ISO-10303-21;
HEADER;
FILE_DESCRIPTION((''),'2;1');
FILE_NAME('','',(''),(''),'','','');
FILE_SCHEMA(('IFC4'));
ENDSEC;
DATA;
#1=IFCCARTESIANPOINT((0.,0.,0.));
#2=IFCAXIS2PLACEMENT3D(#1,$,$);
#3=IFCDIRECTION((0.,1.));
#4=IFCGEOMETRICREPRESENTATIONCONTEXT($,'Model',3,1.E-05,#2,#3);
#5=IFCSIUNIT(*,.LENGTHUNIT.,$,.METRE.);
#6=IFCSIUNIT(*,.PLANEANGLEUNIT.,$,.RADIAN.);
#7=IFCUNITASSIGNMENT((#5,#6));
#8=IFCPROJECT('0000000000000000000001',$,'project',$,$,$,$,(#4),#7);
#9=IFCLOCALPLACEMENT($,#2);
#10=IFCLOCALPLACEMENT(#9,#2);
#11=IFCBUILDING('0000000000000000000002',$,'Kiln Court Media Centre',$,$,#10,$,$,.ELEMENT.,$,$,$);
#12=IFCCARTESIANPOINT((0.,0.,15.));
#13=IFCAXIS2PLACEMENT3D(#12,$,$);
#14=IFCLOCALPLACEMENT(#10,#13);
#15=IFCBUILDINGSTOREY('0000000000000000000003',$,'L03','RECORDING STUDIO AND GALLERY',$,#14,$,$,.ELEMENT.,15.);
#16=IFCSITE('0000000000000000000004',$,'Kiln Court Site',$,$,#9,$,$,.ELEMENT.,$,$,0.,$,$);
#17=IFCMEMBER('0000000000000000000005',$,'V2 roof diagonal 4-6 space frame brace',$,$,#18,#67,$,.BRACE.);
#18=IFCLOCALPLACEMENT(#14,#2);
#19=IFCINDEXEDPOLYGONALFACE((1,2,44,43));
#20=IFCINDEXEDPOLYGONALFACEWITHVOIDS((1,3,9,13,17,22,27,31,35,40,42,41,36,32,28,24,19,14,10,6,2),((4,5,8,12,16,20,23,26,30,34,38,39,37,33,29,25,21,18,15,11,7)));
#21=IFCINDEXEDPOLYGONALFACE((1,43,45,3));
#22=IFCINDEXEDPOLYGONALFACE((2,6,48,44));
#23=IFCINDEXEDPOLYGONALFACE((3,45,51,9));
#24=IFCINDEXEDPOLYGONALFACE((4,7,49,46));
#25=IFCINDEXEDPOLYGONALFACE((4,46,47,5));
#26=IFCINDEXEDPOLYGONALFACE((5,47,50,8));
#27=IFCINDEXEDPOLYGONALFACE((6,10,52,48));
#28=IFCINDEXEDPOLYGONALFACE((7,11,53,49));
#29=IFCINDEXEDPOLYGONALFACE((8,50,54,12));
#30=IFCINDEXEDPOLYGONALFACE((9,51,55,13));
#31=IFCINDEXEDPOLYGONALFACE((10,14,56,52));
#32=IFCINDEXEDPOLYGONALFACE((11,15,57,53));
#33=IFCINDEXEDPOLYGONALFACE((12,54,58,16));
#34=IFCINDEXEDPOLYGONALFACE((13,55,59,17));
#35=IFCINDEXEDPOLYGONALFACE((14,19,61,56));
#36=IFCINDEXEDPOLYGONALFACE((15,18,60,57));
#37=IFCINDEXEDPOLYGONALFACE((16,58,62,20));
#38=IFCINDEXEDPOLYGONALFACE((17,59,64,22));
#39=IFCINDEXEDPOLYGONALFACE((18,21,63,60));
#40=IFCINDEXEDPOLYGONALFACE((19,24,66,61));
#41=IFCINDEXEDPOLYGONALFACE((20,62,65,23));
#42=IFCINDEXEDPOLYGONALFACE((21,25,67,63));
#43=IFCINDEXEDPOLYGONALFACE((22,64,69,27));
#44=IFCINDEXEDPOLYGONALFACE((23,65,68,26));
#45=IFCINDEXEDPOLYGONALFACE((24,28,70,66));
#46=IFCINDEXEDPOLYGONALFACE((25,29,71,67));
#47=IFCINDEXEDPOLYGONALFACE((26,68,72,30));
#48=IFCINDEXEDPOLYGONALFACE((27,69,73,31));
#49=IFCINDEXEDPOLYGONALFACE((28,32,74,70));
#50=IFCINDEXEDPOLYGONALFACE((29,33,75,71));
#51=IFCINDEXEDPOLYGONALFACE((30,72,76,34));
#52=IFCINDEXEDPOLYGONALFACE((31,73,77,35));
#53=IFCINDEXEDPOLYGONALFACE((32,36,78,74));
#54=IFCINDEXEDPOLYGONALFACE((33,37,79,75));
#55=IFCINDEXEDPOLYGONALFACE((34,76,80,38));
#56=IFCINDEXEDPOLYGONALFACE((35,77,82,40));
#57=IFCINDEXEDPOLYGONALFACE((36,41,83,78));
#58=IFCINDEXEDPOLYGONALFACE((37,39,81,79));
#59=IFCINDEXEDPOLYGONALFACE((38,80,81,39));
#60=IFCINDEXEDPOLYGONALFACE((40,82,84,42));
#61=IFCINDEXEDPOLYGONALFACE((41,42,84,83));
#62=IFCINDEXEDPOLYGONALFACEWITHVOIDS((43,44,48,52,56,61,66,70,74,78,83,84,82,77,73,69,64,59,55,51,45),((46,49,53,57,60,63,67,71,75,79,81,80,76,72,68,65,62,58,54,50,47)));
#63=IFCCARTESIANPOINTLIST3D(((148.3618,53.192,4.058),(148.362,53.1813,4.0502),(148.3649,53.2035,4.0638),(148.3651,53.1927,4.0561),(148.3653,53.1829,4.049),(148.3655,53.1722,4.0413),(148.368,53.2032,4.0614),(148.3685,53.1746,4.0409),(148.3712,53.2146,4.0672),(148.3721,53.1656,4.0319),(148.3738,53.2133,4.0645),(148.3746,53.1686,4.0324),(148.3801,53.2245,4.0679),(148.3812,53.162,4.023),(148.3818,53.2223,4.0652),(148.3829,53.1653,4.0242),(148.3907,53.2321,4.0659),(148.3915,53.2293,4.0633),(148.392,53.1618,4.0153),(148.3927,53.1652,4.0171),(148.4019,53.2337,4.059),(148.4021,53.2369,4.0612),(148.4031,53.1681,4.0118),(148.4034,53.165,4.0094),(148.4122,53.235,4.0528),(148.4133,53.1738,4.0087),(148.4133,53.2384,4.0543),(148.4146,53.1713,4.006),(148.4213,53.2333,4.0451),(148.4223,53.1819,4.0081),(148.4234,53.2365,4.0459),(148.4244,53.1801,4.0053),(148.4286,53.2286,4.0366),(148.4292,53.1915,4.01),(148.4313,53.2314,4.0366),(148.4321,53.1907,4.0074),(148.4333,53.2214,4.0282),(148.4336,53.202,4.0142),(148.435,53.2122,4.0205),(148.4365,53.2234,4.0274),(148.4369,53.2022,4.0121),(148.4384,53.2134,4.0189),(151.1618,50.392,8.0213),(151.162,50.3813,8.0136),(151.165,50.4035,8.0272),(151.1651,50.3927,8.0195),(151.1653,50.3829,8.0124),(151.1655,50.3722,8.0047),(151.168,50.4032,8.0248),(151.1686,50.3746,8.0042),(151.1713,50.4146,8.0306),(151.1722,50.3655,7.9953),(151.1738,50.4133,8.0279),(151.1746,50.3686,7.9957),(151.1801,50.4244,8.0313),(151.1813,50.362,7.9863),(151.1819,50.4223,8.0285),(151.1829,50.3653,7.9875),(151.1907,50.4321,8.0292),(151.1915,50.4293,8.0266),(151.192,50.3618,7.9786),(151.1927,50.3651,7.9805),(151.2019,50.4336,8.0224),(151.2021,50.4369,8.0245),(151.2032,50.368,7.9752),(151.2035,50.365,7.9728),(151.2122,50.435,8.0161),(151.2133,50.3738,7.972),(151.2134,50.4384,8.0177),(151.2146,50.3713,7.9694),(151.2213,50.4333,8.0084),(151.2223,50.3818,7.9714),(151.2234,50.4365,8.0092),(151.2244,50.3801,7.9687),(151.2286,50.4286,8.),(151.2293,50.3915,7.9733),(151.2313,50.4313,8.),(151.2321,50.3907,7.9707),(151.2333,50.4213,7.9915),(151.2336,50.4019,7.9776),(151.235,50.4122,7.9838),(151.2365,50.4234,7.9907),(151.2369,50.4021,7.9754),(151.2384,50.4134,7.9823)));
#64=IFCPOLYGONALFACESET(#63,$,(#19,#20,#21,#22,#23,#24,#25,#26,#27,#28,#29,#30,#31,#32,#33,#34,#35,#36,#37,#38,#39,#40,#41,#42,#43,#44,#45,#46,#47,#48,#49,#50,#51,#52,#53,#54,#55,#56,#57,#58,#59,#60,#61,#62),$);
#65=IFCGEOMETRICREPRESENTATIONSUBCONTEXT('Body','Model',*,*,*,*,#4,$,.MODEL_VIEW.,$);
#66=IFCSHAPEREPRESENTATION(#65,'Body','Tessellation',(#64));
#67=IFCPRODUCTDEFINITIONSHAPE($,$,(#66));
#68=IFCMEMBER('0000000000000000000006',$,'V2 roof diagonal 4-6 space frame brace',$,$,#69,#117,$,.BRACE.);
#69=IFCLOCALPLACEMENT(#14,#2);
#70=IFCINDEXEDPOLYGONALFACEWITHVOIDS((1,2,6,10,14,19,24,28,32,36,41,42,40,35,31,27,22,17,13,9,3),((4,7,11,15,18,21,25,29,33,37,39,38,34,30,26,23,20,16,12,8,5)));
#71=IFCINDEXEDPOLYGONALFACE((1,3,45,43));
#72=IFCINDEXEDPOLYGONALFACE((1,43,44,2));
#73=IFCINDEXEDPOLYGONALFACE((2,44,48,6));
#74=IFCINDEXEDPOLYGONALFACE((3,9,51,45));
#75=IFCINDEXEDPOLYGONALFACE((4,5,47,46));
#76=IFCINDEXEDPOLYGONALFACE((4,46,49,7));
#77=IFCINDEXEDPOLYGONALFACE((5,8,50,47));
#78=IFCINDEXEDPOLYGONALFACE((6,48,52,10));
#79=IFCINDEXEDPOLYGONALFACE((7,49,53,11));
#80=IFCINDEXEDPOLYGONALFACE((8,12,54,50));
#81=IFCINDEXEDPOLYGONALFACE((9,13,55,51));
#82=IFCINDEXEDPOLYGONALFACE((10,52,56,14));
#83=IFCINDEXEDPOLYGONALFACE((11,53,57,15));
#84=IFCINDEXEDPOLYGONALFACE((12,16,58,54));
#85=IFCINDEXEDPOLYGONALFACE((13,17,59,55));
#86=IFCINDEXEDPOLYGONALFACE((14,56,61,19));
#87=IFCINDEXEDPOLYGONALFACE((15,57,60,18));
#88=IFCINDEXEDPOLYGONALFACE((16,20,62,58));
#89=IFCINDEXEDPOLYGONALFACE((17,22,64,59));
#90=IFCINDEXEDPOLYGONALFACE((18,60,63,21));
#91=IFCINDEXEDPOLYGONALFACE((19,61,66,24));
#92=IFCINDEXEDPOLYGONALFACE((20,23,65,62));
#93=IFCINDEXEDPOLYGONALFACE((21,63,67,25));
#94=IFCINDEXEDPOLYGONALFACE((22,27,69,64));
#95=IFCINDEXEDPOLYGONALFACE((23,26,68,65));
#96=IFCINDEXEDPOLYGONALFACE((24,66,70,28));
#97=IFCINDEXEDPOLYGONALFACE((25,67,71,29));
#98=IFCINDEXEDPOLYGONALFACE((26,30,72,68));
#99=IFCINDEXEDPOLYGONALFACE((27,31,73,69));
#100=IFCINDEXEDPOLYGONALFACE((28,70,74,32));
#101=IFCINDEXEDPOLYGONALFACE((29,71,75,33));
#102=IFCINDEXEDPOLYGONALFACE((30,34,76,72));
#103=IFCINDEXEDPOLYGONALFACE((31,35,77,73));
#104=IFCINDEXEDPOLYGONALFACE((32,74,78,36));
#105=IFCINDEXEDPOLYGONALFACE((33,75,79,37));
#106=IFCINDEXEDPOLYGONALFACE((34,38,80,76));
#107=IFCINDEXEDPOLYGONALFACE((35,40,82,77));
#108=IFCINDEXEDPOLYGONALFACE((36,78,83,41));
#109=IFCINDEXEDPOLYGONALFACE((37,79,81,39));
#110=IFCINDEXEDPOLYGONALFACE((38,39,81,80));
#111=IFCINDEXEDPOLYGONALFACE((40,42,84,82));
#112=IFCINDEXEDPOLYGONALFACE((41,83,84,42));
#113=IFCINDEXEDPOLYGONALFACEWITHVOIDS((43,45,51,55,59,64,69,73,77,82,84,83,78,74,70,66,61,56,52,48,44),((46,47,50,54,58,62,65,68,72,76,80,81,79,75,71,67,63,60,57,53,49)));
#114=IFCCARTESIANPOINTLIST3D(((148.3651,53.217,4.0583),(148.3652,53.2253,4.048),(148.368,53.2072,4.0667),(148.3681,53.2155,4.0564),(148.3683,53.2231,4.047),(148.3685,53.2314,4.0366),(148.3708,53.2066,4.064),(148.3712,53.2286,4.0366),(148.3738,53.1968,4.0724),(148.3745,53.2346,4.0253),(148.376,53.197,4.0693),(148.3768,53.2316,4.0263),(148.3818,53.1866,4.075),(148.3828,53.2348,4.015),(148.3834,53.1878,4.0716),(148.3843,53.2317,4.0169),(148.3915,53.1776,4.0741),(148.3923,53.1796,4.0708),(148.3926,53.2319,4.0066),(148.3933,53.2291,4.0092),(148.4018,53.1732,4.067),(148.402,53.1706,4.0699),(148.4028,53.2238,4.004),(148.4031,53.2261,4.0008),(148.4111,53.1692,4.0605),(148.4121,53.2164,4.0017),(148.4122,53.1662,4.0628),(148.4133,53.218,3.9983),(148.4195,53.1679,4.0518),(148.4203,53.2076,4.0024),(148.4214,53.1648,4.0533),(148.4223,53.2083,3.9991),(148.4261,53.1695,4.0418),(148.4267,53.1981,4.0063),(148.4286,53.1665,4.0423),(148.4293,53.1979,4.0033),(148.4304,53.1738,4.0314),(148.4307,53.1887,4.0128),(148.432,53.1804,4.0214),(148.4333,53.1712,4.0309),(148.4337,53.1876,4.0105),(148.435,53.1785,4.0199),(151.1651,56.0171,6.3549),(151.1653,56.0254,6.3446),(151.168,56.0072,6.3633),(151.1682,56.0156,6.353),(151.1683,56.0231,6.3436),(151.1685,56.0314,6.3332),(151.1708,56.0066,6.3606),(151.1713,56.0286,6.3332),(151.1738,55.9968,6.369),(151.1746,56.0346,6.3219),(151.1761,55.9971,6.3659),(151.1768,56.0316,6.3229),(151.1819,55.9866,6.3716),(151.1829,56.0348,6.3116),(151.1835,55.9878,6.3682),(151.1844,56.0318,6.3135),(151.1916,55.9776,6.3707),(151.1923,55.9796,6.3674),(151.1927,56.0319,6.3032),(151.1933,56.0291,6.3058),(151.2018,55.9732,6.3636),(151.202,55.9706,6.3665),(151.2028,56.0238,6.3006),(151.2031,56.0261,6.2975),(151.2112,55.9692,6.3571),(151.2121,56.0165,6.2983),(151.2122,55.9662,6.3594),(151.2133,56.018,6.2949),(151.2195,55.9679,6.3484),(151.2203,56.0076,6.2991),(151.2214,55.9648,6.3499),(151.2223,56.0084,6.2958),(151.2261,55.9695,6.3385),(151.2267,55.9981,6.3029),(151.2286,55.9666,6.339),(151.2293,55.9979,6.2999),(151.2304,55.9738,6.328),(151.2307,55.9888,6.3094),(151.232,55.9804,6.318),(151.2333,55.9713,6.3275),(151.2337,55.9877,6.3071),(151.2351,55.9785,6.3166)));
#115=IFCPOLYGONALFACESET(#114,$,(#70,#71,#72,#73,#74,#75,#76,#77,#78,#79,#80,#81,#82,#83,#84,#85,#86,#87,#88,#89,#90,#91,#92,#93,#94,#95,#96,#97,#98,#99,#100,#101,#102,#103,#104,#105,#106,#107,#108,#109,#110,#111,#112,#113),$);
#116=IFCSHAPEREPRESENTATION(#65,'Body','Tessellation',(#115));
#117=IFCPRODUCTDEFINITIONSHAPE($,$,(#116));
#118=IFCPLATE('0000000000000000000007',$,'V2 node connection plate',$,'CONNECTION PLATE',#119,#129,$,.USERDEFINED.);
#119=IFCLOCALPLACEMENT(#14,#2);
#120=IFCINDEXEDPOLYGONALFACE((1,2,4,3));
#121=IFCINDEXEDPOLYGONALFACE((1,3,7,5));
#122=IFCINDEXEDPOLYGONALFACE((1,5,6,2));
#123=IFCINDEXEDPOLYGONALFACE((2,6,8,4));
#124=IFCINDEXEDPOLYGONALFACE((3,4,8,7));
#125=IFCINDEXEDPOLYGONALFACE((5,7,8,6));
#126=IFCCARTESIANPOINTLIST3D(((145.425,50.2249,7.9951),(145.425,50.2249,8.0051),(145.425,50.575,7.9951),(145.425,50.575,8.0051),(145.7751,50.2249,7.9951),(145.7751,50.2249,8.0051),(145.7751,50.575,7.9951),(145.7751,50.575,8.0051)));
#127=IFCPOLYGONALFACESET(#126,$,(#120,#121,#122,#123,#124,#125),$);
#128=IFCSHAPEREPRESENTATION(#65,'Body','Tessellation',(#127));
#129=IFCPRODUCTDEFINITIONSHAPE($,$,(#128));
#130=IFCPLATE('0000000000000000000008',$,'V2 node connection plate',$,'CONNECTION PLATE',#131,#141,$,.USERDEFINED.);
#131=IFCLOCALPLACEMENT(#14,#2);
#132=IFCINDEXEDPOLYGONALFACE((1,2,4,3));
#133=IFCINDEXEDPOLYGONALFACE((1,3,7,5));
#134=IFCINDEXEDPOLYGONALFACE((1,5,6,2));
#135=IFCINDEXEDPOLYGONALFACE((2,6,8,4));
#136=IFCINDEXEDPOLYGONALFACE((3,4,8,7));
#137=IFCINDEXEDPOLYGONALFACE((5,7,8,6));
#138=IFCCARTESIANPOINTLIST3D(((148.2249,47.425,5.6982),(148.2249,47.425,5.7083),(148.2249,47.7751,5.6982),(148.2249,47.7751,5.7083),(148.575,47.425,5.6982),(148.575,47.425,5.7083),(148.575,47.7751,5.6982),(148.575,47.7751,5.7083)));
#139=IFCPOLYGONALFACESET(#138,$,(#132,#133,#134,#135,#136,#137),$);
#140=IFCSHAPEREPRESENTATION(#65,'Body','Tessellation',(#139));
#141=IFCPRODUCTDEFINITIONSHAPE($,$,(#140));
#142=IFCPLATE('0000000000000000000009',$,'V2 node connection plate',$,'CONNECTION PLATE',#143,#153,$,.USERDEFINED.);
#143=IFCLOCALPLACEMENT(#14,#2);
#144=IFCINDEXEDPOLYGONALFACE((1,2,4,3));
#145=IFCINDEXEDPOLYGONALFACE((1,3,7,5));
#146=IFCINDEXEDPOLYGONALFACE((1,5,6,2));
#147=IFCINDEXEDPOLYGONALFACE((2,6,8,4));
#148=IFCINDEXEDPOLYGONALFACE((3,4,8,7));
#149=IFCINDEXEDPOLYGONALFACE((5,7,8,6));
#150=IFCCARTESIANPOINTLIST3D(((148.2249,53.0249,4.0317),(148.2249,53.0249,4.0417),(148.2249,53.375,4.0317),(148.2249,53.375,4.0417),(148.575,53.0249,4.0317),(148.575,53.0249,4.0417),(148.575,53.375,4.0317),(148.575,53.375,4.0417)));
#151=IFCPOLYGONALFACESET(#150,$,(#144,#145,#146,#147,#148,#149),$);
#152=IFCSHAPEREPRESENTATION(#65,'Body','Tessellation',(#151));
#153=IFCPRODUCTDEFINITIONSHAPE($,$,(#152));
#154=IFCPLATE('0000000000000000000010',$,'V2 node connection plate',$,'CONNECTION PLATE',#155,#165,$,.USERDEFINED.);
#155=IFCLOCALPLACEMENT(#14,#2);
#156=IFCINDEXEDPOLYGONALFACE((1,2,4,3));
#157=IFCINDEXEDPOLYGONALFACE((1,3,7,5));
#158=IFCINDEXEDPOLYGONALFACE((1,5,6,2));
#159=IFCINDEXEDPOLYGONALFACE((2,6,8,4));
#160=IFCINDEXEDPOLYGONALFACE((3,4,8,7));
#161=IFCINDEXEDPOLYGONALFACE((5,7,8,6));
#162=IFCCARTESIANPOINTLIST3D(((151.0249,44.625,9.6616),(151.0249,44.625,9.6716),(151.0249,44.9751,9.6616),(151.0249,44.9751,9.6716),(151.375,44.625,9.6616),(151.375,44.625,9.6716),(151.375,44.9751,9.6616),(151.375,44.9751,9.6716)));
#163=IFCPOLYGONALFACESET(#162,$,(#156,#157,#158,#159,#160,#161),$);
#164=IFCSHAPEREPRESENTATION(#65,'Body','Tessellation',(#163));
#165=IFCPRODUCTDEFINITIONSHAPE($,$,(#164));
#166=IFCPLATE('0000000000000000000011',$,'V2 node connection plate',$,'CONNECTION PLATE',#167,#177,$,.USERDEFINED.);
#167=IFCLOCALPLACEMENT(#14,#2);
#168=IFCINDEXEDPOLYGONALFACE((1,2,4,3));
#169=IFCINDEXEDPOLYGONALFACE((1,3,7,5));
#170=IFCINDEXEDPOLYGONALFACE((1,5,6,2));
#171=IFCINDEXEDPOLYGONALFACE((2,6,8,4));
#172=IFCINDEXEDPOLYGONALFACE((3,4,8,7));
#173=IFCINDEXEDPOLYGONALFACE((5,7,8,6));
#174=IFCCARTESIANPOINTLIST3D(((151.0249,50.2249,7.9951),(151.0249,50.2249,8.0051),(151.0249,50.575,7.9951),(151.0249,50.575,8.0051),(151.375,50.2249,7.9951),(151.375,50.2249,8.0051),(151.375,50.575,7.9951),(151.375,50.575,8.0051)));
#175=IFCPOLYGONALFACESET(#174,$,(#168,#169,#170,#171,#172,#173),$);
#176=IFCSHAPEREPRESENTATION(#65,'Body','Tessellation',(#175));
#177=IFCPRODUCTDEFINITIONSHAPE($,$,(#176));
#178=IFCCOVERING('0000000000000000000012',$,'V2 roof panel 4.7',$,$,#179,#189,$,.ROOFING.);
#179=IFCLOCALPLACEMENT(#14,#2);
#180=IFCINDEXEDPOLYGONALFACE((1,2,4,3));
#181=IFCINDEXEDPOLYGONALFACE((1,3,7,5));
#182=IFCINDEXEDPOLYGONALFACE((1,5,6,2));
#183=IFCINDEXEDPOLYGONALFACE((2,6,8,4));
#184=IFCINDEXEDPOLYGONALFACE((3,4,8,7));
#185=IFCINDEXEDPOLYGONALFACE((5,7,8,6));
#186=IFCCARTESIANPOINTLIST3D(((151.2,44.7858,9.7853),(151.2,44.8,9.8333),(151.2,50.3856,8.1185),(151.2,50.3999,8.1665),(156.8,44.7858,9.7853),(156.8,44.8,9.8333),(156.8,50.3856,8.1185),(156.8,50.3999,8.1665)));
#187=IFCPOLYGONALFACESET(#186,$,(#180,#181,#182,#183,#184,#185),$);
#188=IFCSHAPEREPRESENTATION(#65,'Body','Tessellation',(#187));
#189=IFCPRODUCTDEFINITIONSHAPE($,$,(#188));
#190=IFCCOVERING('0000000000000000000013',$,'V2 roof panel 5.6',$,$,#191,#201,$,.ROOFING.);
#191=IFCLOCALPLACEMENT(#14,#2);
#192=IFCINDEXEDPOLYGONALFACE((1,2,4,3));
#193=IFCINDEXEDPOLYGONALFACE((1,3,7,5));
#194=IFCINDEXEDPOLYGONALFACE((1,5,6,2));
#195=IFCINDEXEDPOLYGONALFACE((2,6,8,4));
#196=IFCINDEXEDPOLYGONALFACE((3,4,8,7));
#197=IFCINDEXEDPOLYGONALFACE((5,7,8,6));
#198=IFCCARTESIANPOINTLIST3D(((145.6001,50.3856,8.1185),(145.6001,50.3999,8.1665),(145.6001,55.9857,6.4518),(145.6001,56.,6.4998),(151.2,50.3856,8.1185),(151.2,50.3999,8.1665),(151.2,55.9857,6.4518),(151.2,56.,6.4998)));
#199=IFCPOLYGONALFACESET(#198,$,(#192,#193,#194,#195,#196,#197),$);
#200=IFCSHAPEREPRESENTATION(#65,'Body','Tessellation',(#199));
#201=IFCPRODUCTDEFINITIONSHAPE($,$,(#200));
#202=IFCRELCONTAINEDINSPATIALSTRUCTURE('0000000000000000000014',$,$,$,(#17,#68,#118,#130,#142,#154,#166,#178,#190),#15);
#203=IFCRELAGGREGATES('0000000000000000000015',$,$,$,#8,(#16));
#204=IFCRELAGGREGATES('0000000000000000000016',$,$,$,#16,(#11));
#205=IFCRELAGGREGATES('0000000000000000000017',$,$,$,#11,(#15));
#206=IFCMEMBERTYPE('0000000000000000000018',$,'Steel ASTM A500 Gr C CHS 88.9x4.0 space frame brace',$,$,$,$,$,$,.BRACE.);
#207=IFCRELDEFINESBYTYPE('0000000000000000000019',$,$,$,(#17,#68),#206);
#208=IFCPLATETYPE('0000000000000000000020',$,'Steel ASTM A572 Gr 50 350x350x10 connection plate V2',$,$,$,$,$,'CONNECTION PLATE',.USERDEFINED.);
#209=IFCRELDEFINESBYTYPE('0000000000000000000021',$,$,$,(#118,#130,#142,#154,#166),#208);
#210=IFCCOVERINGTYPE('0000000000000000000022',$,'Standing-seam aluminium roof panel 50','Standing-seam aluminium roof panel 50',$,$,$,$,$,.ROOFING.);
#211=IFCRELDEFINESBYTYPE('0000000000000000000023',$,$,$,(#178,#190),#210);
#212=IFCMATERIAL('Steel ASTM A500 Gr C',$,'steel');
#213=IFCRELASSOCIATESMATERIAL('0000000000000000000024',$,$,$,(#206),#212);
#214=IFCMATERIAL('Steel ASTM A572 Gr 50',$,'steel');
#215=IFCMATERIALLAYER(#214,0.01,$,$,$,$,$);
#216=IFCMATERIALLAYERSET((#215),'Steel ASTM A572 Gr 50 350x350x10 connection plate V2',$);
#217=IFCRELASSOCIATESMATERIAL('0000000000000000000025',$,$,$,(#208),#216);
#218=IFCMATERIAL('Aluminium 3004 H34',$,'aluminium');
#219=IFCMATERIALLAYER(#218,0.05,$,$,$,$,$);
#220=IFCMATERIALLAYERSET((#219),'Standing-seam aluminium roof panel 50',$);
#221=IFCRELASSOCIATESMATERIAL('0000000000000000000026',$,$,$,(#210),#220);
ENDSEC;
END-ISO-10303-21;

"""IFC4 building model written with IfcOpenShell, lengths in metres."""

from ifc_helpers import new_model, si_unit, direction, frame, origin, origin_2d, place, context, subcontext, project, spatial, polyline, rectangle, hollow_circle, outline, extrude, material, layer, layer_set, material_profile, profile_set, type_object, element, save


model = new_model("IFC4")

# Units and contexts
model_context = context("Model", 3, precision=1e-05, world=origin(), true_north=direction((0.0, 1.0)))
body_context = subcontext(model_context, "Body", "Model", "MODEL_VIEW")
ifc_project = project(units=[si_unit("LENGTHUNIT", "METRE"), si_unit("PLANEANGLEUNIT", "RADIAN")], contexts=[model_context])

# Site, building, storey
site_placement = place(None, origin())
site = spatial("IfcSite", under=ifc_project, at=site_placement, Name="Kiln Court Site", CompositionType="ELEMENT", RefElevation=0.0)
building_placement = place(site_placement, origin())
building = spatial("IfcBuilding", under=site, at=building_placement, Name="Kiln Court Media Centre", CompositionType="ELEMENT")
storey_placement = place(building_placement, frame((0.0, 0.0, 15.0)))
storey = spatial("IfcBuildingStorey", under=building, at=storey_placement, Name="L03", Description="RECORDING STUDIO AND GALLERY", CompositionType="ELEMENT", Elevation=15.0)

# Members
ifc_material_1 = material(Name="Steel ASTM A500 Gr C", Category="steel")
ifc_material_profile_1 = material_profile(ifc_material_1, hollow_circle(Radius=0.0444, WallThickness=0.0039, at=origin_2d()), Name="CHS 88.9x4.0")
ifc_profile_set_1 = profile_set([ifc_material_profile_1], Name="Steel ASTM A500 Gr C")
member_type_1 = type_object("IfcMemberType", Name="Steel ASTM A500 Gr C CHS 88.9x4.0 space frame brace", PredefinedType="BRACE", material=ifc_profile_set_1)
member_1_placement = place(storey_placement, frame((148.3999, 53.2, 4.0366), z_axis=(0.499778, -0.499778, 0.70742), x_axis=(0.707107, 0.707107, 0.0)))
element("IfcMember", 1, at=member_1_placement, inside=storey, type_object=member_type_1, Name="V2 roof diagonal 4-6 space frame brace", PredefinedType="BRACE", context=body_context, shape_type="SweptSolid", body=[
    extrude(hollow_circle(Radius=0.0444, WallThickness=0.0039, at=origin_2d()), origin(), (0.0, 0.0, 1.0), 5.6025),
])
member_2_placement = place(storey_placement, frame((148.3999, 53.2, 4.0366), z_axis=(0.611676, 0.611676, 0.501703), x_axis=(-0.707107, 0.707107, 0.0)))
element("IfcMember", 2, at=member_2_placement, inside=storey, type_object=member_type_1, Name="V2 roof diagonal 4-6 space frame brace", PredefinedType="BRACE", context=body_context, shape_type="SweptSolid", body=[
    extrude(hollow_circle(Radius=0.0444, WallThickness=0.0039, at=origin_2d()), origin(), (0.0, 0.0, 1.0), 4.5776),
])

# Plates
ifc_material_2 = material(Name="Steel ASTM A572 Gr 50", Category="steel")
ifc_layer_1 = layer(ifc_material_2, 0.01)
ifc_layer_set_1 = layer_set([ifc_layer_1], Name="Steel ASTM A572 Gr 50 350x350x10 connection plate V2")
plate_type = type_object("IfcPlateType", Name="Steel ASTM A572 Gr 50 350x350x10 connection plate V2", ElementType="CONNECTION PLATE", PredefinedType="USERDEFINED", material=ifc_layer_set_1)
for number, where, z_axis, x_axis, name in (
    (3, (145.6001, 50.3999, 7.9951), (0.0, 0.0, 1.0), (1.0, 0.0, 0.0), "V2 node connection plate"),
    (4, (148.3999, 47.6001, 5.6982), (0.0, 0.0, 1.0), (1.0, 0.0, 0.0), "V2 node connection plate"),
    (5, (148.3999, 53.2, 4.0317), (0.0, 0.0, 1.0), (1.0, 0.0, 0.0), "V2 node connection plate"),
    (6, (151.2, 44.8, 9.6616), (0.0, 0.0, 1.0), (1.0, 0.0, 0.0), "V2 node connection plate"),
    (7, (151.2, 50.3999, 7.9951), (0.0, 0.0, 1.0), (1.0, 0.0, 0.0), "V2 node connection plate"),
):
    element("IfcPlate", number, at=place(storey_placement, frame(where, z_axis=z_axis, x_axis=x_axis)), inside=storey, type_object=plate_type, Name=name, ObjectType="CONNECTION PLATE", PredefinedType="USERDEFINED", context=body_context, shape_type="SweptSolid", body=[
        extrude(rectangle(XDim=0.3501, YDim=0.3501, at=origin_2d()), origin(), (0.0, 0.0, 1.0), 0.01),
    ])

# Coverings
ifc_material_3 = material(Name="Aluminium 3004 H34", Category="aluminium")
ifc_layer_2 = layer(ifc_material_3, 0.05)
ifc_layer_set_2 = layer_set([ifc_layer_2], Name="Standing-seam aluminium roof panel 50")
covering_type = type_object("IfcCoveringType", Name="Standing-seam aluminium roof panel 50", Description="Standing-seam aluminium roof panel 50", PredefinedType="ROOFING", material=ifc_layer_set_2)
covering_1_placement = place(storey_placement, frame((151.2, 44.8, 9.8333), z_axis=(0.0, 0.285273, 0.958446), x_axis=(0.0, 0.958446, -0.285273)))
element("IfcCovering", 8, at=covering_1_placement, inside=storey, type_object=covering_type, Name="V2 roof panel 4.7", PredefinedType="ROOFING", context=body_context, shape_type="SweptSolid", body=[
    extrude(outline(polyline([(0.0, 0.0), (5.8426, 0.0), (5.8426, -5.6001), (0.0, -5.6001), (0.0, 0.0)])), origin(), (0.0, 0.0, -1.0), 0.05),
])
covering_2_placement = place(storey_placement, frame((145.6001, 50.3999, 8.1665), z_axis=(0.0, 0.285262, 0.95845), x_axis=(0.0, 0.95845, -0.285262)))
element("IfcCovering", 9, at=covering_2_placement, inside=storey, type_object=covering_type, Name="V2 roof panel 5.6", PredefinedType="ROOFING", context=body_context, shape_type="SweptSolid", body=[
    extrude(outline(polyline([(0.0, 0.0), (5.8429, 0.0), (5.8429, -5.5999), (0.0, -5.5999), (0.0, 0.0)])), origin(), (0.0, 0.0, -1.0), 0.05),
])

save(model, "model.ifc")
